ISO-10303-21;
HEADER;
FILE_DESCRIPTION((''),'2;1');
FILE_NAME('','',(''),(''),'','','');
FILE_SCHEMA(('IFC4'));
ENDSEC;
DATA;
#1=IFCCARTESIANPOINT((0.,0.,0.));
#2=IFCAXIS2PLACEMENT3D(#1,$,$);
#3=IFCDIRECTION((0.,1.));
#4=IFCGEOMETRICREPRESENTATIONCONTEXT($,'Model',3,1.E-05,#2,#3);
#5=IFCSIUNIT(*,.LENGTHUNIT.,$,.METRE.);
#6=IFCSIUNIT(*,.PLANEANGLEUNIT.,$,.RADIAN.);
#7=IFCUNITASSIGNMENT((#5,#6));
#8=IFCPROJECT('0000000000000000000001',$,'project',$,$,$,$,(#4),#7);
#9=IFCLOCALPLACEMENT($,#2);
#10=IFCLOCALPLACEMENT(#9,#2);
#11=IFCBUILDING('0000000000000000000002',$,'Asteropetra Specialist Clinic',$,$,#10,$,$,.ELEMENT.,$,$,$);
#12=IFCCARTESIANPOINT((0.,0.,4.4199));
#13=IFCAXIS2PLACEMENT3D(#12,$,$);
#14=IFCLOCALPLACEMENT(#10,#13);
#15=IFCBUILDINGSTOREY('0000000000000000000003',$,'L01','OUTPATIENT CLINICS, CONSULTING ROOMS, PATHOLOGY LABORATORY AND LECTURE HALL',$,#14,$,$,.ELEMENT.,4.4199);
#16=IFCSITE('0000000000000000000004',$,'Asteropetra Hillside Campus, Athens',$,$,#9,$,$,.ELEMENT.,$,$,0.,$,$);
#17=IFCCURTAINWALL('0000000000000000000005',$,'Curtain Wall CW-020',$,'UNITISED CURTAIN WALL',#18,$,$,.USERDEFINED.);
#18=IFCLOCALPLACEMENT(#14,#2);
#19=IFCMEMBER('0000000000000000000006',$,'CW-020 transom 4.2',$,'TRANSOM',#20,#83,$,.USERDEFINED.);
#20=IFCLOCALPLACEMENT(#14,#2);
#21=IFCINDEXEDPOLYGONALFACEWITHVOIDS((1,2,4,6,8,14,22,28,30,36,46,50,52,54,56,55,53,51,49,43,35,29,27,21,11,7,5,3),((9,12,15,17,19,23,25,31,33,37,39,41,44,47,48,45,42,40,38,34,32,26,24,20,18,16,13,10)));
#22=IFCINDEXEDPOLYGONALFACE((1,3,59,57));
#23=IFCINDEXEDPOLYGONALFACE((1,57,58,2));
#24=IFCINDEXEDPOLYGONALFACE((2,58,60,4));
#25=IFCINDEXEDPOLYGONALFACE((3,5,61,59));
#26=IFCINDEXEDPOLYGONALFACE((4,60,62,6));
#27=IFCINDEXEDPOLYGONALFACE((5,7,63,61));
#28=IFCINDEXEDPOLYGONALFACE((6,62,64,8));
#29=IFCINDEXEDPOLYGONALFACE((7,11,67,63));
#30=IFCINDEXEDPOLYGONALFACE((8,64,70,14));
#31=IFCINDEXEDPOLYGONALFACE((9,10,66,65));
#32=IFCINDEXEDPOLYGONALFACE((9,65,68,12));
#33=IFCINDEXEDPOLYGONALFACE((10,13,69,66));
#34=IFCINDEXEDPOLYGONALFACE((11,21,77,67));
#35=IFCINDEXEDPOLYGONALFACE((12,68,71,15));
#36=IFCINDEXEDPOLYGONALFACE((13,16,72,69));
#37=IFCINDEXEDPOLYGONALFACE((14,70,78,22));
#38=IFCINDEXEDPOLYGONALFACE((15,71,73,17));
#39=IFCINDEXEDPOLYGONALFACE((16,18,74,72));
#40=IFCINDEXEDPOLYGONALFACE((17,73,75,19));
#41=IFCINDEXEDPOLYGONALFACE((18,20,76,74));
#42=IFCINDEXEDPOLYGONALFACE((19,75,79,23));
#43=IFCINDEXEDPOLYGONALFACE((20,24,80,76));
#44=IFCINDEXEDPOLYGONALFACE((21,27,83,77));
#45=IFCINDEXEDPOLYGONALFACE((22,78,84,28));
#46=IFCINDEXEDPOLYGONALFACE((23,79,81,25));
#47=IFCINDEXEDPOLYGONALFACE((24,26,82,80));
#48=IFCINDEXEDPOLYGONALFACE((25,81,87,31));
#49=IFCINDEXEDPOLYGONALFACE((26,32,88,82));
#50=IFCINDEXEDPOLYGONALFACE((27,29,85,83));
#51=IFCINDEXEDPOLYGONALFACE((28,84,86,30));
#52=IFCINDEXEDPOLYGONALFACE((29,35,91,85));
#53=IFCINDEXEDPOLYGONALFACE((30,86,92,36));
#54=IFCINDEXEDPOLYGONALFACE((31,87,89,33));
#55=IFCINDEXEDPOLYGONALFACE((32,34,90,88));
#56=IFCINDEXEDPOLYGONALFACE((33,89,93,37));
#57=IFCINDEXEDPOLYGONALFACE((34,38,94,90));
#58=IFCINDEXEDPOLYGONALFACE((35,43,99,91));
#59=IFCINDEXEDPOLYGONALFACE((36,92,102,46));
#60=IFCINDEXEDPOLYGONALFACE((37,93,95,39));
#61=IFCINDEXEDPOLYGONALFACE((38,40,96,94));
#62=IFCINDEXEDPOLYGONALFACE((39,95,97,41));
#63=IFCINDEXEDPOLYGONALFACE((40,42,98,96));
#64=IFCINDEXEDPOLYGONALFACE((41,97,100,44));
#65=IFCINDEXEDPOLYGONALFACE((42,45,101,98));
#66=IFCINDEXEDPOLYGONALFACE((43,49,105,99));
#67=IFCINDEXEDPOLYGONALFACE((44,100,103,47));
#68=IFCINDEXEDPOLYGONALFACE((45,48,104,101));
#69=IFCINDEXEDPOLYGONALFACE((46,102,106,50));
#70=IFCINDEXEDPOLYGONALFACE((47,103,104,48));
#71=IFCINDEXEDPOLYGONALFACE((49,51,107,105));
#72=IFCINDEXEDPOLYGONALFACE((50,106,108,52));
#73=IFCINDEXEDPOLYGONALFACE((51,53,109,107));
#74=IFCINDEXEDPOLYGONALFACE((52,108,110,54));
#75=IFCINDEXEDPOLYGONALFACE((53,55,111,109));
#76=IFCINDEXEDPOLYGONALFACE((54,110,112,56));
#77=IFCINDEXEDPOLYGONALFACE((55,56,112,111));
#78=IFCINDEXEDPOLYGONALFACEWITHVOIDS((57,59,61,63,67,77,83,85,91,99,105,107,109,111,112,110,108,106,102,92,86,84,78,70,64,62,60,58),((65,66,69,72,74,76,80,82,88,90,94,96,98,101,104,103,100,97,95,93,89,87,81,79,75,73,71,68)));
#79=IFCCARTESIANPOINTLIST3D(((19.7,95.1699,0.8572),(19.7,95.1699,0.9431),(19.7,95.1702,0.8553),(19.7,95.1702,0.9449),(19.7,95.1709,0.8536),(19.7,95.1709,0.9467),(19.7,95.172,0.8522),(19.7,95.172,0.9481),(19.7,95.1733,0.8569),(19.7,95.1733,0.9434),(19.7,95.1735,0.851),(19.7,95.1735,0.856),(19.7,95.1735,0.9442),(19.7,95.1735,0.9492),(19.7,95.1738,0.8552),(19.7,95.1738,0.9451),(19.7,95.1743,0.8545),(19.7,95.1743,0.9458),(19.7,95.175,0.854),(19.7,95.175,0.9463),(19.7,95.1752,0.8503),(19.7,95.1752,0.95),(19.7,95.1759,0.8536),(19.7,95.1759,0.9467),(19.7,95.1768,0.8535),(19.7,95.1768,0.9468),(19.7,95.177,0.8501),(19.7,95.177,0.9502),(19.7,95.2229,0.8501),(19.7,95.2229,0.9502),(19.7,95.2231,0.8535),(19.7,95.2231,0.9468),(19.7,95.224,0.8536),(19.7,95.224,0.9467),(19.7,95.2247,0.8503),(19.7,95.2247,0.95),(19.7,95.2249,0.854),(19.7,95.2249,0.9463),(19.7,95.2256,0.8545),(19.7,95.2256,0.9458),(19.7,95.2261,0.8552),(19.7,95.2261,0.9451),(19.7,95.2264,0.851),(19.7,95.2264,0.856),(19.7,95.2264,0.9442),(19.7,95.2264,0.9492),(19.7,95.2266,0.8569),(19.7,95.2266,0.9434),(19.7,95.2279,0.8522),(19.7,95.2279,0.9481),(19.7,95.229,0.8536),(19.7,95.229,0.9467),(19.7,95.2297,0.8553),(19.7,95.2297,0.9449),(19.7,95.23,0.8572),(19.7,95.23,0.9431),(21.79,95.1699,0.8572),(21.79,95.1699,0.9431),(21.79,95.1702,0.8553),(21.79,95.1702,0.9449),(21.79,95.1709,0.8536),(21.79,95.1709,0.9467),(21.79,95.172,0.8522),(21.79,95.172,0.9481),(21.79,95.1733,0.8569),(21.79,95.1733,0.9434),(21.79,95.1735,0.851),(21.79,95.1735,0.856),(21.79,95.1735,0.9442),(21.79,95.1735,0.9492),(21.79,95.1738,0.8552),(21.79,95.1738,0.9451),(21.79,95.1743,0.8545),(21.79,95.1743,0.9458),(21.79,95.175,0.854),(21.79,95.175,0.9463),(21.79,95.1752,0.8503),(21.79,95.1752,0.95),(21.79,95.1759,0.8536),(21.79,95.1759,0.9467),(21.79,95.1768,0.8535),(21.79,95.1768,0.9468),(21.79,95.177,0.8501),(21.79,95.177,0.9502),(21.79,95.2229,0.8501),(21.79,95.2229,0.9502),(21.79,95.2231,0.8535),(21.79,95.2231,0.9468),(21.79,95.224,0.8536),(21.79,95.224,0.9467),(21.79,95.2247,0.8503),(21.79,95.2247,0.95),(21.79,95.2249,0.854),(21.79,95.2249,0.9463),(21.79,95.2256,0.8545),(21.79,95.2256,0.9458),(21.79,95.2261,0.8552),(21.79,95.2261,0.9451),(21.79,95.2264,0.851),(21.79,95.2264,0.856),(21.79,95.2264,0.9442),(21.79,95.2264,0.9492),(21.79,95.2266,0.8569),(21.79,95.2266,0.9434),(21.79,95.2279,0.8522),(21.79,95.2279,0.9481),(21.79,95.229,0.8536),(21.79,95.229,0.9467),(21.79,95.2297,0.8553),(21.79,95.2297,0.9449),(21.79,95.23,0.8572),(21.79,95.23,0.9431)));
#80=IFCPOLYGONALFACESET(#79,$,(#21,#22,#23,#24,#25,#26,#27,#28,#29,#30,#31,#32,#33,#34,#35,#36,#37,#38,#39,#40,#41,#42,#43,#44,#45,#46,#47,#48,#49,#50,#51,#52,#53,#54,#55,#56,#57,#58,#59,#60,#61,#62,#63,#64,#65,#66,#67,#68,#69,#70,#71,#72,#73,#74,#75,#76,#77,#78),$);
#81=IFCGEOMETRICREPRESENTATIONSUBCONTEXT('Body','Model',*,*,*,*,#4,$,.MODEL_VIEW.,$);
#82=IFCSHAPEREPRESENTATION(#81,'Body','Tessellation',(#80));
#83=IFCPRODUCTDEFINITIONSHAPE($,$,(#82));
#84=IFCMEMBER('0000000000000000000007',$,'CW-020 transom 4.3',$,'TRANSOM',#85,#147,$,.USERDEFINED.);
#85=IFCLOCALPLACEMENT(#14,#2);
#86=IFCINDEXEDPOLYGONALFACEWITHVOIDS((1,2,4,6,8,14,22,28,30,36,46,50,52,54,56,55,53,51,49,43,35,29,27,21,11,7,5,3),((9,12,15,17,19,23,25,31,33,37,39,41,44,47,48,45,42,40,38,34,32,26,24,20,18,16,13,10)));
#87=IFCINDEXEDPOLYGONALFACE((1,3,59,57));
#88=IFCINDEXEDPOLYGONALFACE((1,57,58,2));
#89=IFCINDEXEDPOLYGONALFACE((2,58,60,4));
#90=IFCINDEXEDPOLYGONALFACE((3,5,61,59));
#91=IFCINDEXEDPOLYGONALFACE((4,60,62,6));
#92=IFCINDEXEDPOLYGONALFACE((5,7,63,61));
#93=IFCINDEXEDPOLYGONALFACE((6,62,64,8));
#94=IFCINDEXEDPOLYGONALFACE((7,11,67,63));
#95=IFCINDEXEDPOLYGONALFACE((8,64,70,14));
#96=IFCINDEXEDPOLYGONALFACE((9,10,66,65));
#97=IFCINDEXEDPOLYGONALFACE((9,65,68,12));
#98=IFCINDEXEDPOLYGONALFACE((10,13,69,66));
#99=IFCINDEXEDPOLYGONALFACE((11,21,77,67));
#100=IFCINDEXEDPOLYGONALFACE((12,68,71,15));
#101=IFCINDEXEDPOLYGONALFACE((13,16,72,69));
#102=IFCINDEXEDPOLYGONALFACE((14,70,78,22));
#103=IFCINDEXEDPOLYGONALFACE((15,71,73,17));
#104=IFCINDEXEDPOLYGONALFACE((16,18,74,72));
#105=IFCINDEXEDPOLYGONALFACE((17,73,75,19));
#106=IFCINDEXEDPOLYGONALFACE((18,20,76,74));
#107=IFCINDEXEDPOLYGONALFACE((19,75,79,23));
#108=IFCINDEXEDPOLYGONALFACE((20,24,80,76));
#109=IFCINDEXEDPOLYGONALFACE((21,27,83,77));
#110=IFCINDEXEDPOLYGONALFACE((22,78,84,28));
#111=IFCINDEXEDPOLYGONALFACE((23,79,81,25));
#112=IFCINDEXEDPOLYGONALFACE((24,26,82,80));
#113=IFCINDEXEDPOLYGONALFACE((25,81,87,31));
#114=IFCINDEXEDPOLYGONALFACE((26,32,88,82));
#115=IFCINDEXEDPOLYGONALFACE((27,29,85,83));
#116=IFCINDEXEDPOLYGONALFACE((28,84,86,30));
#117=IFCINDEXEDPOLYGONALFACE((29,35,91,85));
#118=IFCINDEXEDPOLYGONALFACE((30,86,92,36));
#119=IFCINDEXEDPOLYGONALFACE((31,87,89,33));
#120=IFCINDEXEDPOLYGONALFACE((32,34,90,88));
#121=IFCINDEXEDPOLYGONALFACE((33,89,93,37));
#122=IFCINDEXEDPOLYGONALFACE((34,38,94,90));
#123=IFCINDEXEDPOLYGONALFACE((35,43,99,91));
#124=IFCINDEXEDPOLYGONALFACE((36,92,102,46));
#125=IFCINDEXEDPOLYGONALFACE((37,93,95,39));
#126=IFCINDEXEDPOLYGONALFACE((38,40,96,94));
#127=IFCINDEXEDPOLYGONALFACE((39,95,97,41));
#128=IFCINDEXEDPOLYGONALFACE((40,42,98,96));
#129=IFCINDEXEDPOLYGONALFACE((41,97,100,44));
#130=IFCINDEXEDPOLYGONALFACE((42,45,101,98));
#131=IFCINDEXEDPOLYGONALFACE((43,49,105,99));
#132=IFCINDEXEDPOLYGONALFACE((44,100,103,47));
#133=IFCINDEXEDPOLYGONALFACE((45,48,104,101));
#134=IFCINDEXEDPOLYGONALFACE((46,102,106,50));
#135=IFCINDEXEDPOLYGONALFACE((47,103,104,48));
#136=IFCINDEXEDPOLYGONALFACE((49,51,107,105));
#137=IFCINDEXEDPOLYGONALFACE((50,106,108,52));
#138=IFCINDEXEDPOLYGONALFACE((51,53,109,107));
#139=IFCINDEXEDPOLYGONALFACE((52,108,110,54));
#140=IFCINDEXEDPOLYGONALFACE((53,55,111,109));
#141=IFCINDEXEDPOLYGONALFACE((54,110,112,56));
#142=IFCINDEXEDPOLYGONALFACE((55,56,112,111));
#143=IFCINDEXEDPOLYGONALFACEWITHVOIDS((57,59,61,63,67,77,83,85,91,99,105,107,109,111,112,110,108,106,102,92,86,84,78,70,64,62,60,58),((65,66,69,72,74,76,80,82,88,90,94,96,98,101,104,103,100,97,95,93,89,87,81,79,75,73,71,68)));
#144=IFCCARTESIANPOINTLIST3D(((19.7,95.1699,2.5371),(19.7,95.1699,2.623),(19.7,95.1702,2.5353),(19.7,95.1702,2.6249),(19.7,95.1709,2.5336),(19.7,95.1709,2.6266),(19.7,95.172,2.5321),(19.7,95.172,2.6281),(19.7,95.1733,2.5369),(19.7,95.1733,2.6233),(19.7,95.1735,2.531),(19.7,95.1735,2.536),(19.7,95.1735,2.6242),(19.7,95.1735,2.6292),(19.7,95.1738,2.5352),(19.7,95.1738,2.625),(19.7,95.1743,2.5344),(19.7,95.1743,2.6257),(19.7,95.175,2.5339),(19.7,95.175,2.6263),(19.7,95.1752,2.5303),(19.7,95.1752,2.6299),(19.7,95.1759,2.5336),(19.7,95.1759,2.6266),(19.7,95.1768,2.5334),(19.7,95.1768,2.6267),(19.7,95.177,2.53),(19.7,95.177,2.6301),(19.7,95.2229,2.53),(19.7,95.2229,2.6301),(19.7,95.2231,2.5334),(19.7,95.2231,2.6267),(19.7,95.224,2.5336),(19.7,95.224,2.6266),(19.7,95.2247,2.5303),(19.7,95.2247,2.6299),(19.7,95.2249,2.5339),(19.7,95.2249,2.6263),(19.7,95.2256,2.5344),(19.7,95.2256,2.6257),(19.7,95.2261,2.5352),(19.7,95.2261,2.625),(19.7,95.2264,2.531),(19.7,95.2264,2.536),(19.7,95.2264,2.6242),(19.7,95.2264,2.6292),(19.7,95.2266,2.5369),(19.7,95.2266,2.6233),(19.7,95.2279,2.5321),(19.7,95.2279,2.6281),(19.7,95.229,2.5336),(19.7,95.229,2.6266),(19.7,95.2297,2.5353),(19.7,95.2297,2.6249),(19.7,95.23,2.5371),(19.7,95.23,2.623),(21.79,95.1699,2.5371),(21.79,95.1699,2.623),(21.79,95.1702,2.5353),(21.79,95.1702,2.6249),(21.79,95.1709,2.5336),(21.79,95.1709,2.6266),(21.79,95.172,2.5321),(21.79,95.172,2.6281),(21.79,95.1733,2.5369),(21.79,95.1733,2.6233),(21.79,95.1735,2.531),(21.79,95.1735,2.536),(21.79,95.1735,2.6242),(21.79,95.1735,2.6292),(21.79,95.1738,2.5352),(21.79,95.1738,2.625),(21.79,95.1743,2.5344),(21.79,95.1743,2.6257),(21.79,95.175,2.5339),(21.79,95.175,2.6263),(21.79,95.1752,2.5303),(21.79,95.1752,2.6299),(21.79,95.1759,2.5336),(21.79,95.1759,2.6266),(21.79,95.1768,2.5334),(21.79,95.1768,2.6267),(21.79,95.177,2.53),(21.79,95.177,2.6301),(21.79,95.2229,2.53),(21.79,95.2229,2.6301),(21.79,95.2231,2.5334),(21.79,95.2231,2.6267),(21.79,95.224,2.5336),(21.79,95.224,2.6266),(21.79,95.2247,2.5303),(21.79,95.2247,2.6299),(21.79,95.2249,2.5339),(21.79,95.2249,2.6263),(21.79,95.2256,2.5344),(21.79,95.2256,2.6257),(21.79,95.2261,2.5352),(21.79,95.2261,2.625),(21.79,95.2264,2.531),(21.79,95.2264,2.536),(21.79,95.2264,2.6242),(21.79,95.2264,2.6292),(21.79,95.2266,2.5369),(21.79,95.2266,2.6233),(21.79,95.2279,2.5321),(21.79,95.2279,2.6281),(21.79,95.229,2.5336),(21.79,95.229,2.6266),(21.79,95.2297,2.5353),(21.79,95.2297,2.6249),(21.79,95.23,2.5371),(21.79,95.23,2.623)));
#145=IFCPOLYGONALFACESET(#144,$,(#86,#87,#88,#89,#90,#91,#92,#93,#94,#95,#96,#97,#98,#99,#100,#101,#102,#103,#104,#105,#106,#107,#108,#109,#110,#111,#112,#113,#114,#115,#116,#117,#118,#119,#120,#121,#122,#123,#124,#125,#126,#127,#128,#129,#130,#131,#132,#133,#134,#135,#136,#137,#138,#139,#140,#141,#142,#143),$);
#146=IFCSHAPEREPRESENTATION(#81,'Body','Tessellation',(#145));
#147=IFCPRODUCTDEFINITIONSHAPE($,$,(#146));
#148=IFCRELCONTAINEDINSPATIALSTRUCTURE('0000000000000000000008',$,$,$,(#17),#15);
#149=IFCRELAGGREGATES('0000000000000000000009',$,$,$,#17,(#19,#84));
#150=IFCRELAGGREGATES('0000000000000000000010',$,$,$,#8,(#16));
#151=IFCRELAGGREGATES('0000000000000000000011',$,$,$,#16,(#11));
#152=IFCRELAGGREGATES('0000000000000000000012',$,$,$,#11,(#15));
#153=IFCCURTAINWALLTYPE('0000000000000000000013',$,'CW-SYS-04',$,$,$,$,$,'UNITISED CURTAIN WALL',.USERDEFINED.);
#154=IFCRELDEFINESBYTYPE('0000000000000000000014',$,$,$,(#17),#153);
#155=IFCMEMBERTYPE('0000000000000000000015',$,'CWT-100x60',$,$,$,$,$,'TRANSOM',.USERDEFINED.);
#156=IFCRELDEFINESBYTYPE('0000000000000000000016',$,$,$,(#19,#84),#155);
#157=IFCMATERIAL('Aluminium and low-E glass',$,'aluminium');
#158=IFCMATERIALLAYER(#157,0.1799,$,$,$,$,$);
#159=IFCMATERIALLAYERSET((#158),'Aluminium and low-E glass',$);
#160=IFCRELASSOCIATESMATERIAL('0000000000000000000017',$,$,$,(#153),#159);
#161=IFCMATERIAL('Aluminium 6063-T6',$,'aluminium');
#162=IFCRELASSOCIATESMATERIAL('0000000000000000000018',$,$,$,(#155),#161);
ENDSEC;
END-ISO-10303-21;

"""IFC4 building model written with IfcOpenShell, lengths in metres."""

from ifc_helpers import new_model, si_unit, direction, frame, origin, origin_2d, place, context, subcontext, project, spatial, hollow_rectangle, extrude, material, layer, layer_set, material_profile, profile_set, type_object, element, aggregate, save


model = new_model("IFC4")

# Units and contexts
model_context = context("Model", 3, precision=1e-05, world=origin(), true_north=direction((0.0, 1.0)))
body_context = subcontext(model_context, "Body", "Model", "MODEL_VIEW")
ifc_project = project(units=[si_unit("LENGTHUNIT", "METRE"), si_unit("PLANEANGLEUNIT", "RADIAN")], contexts=[model_context])

# Site, building, storey
site_placement = place(None, origin())
site = spatial("IfcSite", under=ifc_project, at=site_placement, Name="Asteropetra Hillside Campus, Athens", CompositionType="ELEMENT", RefElevation=0.0)
building_placement = place(site_placement, origin())
building = spatial("IfcBuilding", under=site, at=building_placement, Name="Asteropetra Specialist Clinic", CompositionType="ELEMENT")
storey_placement = place(building_placement, frame((0.0, 0.0, 4.4199)))
storey = spatial("IfcBuildingStorey", under=building, at=storey_placement, Name="L01", Description="OUTPATIENT CLINICS, CONSULTING ROOMS, PATHOLOGY LABORATORY AND LECTURE HALL", CompositionType="ELEMENT", Elevation=4.4199)

# Curtain wall, members
ifc_material_1 = material(Name="Aluminium and low-E glass", Category="aluminium")
ifc_layer_1 = layer(ifc_material_1, 0.1799)
ifc_layer_set_1 = layer_set([ifc_layer_1], Name="Aluminium and low-E glass")
curtain_wall_type = type_object("IfcCurtainWallType", Name="CW-SYS-04", ElementType="UNITISED CURTAIN WALL", PredefinedType="USERDEFINED", material=ifc_layer_set_1)
curtain_wall_placement = place(storey_placement, origin())
curtain_wall = element("IfcCurtainWall", 1, at=curtain_wall_placement, inside=storey, type_object=curtain_wall_type, Name="Curtain Wall CW-020", ObjectType="UNITISED CURTAIN WALL", PredefinedType="USERDEFINED")
ifc_material_2 = material(Name="Aluminium 6063-T6", Category="aluminium")
ifc_material_profile_1 = material_profile(ifc_material_2, hollow_rectangle(XDim=0.0601, YDim=0.1001, WallThickness=0.0034, InnerFilletRadius=0.0034, OuterFilletRadius=0.0071, at=origin_2d()), Name="TRN 100x60x3.5")
ifc_profile_set_1 = profile_set([ifc_material_profile_1], Name="Aluminium 6063-T6")
member_type_1 = type_object("IfcMemberType", Name="CWT-100x60", ElementType="TRANSOM", PredefinedType="USERDEFINED", material=ifc_profile_set_1)
member_1_placement = place(storey_placement, frame((21.79, 95.2, 0.9001), z_axis=(-1.0, 0.0, 0.0), x_axis=(0.0, -1.0, 0.0)))
member_1 = element("IfcMember", 2, at=member_1_placement, type_object=member_type_1, Name="CW-020 transom 4.2", ObjectType="TRANSOM", PredefinedType="USERDEFINED", context=body_context, shape_type="SweptSolid", body=[
    extrude(hollow_rectangle(XDim=0.0601, YDim=0.1001, WallThickness=0.0034, InnerFilletRadius=0.0034, OuterFilletRadius=0.0071, at=origin_2d()), origin(), (0.0, 0.0, 1.0), 2.0901),
])
member_2_placement = place(storey_placement, frame((21.79, 95.2, 2.5801), z_axis=(-1.0, 0.0, 0.0), x_axis=(0.0, -1.0, 0.0)))
member_2 = element("IfcMember", 3, at=member_2_placement, type_object=member_type_1, Name="CW-020 transom 4.3", ObjectType="TRANSOM", PredefinedType="USERDEFINED", context=body_context, shape_type="SweptSolid", body=[
    extrude(hollow_rectangle(XDim=0.0601, YDim=0.1001, WallThickness=0.0034, InnerFilletRadius=0.0034, OuterFilletRadius=0.0071, at=origin_2d()), origin(), (0.0, 0.0, 1.0), 2.0901),
])
aggregate(curtain_wall, [member_1, member_2])

save(model, "model.ifc")
